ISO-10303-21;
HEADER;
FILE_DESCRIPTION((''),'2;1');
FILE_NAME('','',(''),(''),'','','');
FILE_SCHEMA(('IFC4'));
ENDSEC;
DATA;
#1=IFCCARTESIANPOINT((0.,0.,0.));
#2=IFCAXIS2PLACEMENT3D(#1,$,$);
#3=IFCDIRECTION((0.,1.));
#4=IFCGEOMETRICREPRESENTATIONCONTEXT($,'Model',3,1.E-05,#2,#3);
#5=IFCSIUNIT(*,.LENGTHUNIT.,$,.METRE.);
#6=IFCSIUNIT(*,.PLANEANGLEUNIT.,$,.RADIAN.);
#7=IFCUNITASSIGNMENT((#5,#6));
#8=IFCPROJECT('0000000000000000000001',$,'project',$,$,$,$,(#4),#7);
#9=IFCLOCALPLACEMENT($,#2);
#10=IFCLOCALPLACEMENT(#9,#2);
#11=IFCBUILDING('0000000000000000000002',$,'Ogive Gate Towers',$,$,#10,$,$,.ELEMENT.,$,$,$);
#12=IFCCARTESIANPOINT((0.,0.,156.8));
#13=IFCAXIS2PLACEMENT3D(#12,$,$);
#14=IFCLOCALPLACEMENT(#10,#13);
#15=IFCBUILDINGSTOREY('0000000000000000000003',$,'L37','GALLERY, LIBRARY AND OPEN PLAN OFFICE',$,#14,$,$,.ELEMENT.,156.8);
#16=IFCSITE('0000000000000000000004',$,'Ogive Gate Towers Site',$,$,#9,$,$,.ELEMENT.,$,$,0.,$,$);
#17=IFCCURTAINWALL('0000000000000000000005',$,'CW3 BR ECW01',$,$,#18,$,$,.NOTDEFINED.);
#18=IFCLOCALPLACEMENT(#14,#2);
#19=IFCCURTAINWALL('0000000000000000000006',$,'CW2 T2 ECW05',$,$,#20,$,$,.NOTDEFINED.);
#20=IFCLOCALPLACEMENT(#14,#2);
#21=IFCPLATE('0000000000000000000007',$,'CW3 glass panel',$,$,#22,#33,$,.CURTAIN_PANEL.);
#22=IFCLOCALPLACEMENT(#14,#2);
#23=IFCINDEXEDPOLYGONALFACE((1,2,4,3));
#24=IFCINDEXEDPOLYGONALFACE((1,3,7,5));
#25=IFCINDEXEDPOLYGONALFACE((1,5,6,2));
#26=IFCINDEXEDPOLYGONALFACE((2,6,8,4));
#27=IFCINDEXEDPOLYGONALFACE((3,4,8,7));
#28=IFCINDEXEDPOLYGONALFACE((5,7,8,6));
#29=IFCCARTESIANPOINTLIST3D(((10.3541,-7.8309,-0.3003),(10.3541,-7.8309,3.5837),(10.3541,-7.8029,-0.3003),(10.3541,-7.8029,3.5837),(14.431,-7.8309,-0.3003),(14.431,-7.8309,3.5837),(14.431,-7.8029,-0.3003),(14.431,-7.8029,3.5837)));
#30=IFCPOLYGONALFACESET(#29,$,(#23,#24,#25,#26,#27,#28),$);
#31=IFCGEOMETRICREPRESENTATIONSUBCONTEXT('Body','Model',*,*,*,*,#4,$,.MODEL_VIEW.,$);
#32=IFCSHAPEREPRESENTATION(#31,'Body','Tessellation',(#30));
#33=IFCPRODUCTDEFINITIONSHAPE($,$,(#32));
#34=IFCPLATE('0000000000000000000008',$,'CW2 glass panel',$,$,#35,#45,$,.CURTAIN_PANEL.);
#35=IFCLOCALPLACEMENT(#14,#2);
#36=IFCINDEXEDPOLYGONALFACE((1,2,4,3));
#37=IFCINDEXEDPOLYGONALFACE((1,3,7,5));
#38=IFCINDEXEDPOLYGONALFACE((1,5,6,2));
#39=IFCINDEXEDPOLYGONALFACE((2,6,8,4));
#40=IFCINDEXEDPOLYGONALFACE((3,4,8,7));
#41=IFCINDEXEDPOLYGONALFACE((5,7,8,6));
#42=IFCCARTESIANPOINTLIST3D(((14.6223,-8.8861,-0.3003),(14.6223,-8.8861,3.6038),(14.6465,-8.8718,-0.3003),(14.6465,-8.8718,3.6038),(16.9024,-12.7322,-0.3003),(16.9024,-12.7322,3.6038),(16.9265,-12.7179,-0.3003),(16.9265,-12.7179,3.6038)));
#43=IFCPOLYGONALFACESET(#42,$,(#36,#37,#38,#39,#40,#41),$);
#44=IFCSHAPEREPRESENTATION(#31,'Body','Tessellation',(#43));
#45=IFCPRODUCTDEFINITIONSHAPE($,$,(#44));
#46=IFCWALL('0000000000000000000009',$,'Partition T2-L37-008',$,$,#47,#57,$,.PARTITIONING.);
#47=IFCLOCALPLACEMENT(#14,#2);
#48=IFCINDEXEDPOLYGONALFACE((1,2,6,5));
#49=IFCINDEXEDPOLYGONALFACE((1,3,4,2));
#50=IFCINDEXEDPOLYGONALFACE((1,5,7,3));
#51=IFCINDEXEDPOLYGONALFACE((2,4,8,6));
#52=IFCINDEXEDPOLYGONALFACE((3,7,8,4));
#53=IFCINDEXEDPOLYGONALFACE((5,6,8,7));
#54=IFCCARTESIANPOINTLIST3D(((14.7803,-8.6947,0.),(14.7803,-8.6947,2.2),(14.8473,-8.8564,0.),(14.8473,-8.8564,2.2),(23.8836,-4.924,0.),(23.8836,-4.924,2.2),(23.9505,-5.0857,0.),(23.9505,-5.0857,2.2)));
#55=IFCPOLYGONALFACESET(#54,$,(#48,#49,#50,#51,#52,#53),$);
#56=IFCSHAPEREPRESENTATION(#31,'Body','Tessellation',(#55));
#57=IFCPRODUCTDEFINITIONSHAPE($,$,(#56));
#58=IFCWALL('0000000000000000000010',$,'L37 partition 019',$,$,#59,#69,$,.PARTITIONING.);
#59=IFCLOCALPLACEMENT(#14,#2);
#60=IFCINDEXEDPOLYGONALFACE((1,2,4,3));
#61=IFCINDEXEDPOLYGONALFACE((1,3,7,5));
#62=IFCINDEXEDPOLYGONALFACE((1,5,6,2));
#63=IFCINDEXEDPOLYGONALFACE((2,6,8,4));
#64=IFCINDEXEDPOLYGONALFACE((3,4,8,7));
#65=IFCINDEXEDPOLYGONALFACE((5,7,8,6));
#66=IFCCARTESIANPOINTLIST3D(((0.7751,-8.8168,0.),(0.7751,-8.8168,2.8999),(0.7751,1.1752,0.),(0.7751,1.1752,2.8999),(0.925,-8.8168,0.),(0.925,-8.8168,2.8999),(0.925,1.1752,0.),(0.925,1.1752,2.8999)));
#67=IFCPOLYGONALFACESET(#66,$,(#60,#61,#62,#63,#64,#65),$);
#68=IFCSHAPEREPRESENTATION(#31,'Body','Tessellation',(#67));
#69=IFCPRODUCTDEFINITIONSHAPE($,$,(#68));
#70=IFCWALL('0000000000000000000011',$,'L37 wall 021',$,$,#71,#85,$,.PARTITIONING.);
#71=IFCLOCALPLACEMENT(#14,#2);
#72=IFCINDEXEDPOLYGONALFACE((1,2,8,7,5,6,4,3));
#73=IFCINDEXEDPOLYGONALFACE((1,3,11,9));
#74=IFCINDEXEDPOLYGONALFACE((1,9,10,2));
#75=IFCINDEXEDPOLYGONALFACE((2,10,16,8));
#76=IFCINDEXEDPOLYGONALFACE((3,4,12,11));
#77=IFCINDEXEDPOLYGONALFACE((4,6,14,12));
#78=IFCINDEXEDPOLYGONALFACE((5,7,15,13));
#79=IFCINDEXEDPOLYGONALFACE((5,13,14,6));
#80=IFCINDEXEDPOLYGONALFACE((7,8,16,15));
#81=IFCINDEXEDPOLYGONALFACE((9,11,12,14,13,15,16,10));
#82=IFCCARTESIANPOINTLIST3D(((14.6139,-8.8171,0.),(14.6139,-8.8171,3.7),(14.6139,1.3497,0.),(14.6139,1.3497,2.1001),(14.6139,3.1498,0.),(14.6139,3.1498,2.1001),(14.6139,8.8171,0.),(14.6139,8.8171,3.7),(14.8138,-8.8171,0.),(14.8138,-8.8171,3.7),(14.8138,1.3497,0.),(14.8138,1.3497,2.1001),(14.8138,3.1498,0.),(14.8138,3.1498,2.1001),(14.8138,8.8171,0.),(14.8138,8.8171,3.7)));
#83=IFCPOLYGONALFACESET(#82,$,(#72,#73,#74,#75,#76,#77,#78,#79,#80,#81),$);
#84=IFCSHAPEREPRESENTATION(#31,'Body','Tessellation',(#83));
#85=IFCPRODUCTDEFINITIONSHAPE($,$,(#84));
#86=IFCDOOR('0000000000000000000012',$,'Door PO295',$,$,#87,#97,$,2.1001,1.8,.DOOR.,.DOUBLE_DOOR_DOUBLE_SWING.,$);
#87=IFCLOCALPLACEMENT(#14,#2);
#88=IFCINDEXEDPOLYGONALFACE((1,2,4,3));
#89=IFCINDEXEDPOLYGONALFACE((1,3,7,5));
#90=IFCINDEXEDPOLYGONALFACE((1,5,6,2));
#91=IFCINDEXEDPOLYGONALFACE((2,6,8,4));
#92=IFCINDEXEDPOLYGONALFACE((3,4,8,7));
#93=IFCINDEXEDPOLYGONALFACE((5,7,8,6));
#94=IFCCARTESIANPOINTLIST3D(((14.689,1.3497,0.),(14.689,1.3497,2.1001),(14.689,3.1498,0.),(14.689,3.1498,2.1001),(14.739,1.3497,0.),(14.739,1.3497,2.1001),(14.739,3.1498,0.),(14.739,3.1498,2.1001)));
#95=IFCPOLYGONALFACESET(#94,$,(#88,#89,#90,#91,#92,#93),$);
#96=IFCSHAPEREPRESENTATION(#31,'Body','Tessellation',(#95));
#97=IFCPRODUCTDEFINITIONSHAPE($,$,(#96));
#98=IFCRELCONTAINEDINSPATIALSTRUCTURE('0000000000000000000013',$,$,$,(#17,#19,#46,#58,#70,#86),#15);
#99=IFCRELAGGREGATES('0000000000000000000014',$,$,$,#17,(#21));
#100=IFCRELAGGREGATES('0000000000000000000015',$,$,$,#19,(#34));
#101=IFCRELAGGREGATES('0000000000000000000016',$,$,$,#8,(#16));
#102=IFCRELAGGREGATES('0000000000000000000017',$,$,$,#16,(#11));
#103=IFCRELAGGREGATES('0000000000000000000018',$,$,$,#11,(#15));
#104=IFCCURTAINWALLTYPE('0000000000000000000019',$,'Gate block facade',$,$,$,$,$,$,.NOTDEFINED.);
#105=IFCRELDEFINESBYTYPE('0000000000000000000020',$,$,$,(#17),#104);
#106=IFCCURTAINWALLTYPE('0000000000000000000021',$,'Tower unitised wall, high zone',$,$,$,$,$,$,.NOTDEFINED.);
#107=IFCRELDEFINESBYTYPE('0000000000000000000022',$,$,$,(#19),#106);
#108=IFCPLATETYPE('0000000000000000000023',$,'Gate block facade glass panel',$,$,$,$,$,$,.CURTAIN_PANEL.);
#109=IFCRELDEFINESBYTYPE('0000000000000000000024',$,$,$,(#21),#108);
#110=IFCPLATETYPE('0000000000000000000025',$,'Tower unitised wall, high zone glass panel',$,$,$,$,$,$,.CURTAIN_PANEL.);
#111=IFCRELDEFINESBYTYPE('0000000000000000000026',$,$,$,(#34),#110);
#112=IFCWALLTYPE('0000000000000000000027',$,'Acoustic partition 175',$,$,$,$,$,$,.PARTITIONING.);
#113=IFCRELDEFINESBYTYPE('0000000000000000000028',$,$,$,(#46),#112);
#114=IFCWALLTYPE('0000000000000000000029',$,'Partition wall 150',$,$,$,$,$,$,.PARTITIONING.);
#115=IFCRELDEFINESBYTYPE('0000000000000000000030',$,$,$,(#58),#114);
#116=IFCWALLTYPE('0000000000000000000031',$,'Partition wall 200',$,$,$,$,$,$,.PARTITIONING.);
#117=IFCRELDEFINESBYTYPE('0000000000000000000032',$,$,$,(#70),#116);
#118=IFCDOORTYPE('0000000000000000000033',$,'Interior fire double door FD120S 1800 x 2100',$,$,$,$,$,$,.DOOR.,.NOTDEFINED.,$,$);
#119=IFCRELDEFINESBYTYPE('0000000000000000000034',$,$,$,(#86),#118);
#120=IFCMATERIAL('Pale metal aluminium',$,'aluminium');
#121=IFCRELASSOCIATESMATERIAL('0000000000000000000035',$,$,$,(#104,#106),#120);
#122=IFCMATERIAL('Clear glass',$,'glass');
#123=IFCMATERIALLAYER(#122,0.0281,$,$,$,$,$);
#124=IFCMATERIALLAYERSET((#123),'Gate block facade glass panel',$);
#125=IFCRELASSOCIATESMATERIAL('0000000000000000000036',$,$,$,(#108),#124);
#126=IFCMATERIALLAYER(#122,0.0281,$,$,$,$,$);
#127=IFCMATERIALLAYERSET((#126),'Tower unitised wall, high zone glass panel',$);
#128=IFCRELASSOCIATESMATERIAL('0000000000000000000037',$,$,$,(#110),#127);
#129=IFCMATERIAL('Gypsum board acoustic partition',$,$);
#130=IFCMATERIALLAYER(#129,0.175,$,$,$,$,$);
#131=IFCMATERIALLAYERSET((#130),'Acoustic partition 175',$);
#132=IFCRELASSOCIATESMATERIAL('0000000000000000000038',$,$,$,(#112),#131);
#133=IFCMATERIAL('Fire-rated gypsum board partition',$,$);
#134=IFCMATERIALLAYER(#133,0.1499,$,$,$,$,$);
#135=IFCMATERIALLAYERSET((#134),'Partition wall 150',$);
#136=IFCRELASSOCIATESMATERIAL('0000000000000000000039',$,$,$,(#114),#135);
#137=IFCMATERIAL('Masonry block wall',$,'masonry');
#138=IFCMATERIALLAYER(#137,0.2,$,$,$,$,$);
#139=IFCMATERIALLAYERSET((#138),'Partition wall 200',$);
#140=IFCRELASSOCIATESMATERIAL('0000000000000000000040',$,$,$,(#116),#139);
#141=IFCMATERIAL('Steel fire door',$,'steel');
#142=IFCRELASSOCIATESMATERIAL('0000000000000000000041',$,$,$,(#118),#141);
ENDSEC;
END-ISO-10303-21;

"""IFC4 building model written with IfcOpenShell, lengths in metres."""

from ifc_helpers import new_model, si_unit, direction, frame, frame_2d, origin, origin_2d, place, context, subcontext, project, spatial, rectangle, extrude, material, layer, layer_set, type_object, element, fill, aggregate, save


model = new_model("IFC4")

# Units and contexts
model_context = context("Model", 3, precision=1e-05, world=origin(), true_north=direction((0.0, 1.0)))
body_context = subcontext(model_context, "Body", "Model", "MODEL_VIEW")
ifc_project = project(units=[si_unit("LENGTHUNIT", "METRE"), si_unit("PLANEANGLEUNIT", "RADIAN")], contexts=[model_context])

# Site, building, storey
site_placement = place(None, origin())
site = spatial("IfcSite", under=ifc_project, at=site_placement, Name="Ogive Gate Towers Site", CompositionType="ELEMENT", RefElevation=0.0)
building_placement = place(site_placement, origin())
building = spatial("IfcBuilding", under=site, at=building_placement, Name="Ogive Gate Towers", CompositionType="ELEMENT")
storey_placement = place(building_placement, frame((0.0, 0.0, 156.8)))
storey = spatial("IfcBuildingStorey", under=building, at=storey_placement, Name="L37", Description="GALLERY, LIBRARY AND OPEN PLAN OFFICE", CompositionType="ELEMENT", Elevation=156.8)

# Curtain walls
ifc_material_1 = material(Name="Pale metal aluminium", Category="aluminium")
curtain_wall_type_1 = type_object("IfcCurtainWallType", Name="Gate block facade", PredefinedType="NOTDEFINED", material=ifc_material_1)
curtain_wall_1_placement = place(storey_placement, origin())
curtain_wall_1 = element("IfcCurtainWall", 1, at=curtain_wall_1_placement, inside=storey, type_object=curtain_wall_type_1, Name="CW3 BR ECW01", PredefinedType="NOTDEFINED")
curtain_wall_type_2 = type_object("IfcCurtainWallType", Name="Tower unitised wall, high zone", PredefinedType="NOTDEFINED", material=ifc_material_1)
curtain_wall_2_placement = place(storey_placement, origin())
curtain_wall_2 = element("IfcCurtainWall", 2, at=curtain_wall_2_placement, inside=storey, type_object=curtain_wall_type_2, Name="CW2 T2 ECW05", PredefinedType="NOTDEFINED")

# Plates
ifc_material_2 = material(Name="Clear glass", Category="glass")
ifc_layer_1 = layer(ifc_material_2, 0.0281)
ifc_layer_set_1 = layer_set([ifc_layer_1], Name="Gate block facade glass panel")
plate_type_1 = type_object("IfcPlateType", Name="Gate block facade glass panel", PredefinedType="CURTAIN_PANEL", material=ifc_layer_set_1)
plate_1_placement = place(storey_placement, frame((12.3926, -7.8169, -0.3003), z_axis=(0.0, 0.0, 1.0), x_axis=(1.0, 0.0, 0.0)))
plate_1 = element("IfcPlate", 3, at=plate_1_placement, type_object=plate_type_1, Name="CW3 glass panel", PredefinedType="CURTAIN_PANEL", context=body_context, shape_type="SweptSolid", body=[
    extrude(rectangle(XDim=4.0769, YDim=0.0281, at=origin_2d()), origin(), (0.0, 0.0, 1.0), 3.884),
])
aggregate(curtain_wall_1, [plate_1])
ifc_layer_2 = layer(ifc_material_2, 0.0281)
ifc_layer_set_2 = layer_set([ifc_layer_2], Name="Tower unitised wall, high zone glass panel")
plate_type_2 = type_object("IfcPlateType", Name="Tower unitised wall, high zone glass panel", PredefinedType="CURTAIN_PANEL", material=ifc_layer_set_2)
plate_2_placement = place(storey_placement, frame((15.7744, -10.802, -0.3003), z_axis=(0.0, 0.0, 1.0), x_axis=(0.509943, -0.860208, 0.0)))
plate_2 = element("IfcPlate", 4, at=plate_2_placement, type_object=plate_type_2, Name="CW2 glass panel", PredefinedType="CURTAIN_PANEL", context=body_context, shape_type="SweptSolid", body=[
    extrude(rectangle(XDim=4.4712, YDim=0.0281, at=origin_2d()), origin(), (0.0, 0.0, 1.0), 3.9041),
])
aggregate(curtain_wall_2, [plate_2])

# Walls
ifc_material_3 = material(Name="Gypsum board acoustic partition")
ifc_layer_3 = layer(ifc_material_3, 0.175)
ifc_layer_set_3 = layer_set([ifc_layer_3], Name="Acoustic partition 175")
wall_type_1 = type_object("IfcWallType", Name="Acoustic partition 175", PredefinedType="PARTITIONING", material=ifc_layer_set_3)
wall_1_placement = place(storey_placement, frame((14.8137, -8.7756, 0.0), z_axis=(0.0, 0.0, 1.0), x_axis=(0.923878, 0.382688, 0.0)))
element("IfcWall", 5, at=wall_1_placement, inside=storey, type_object=wall_type_1, Name="Partition T2-L37-008", PredefinedType="PARTITIONING", context=body_context, shape_type="SweptSolid", body=[
    extrude(rectangle(XDim=9.8533, YDim=0.175, at=frame_2d((4.9268, 0.0))), origin(), (0.0, 0.0, 1.0), 2.2),
])
ifc_material_4 = material(Name="Fire-rated gypsum board partition")
ifc_layer_4 = layer(ifc_material_4, 0.1499)
ifc_layer_set_4 = layer_set([ifc_layer_4], Name="Partition wall 150")
wall_type_2 = type_object("IfcWallType", Name="Partition wall 150", PredefinedType="PARTITIONING", material=ifc_layer_set_4)
wall_2_placement = place(storey_placement, frame((0.8501, -8.8169, 0.0), z_axis=(0.0, 0.0, 1.0), x_axis=(0.0, 1.0, 0.0)))
element("IfcWall", 6, at=wall_2_placement, inside=storey, type_object=wall_type_2, Name="L37 partition 019", PredefinedType="PARTITIONING", context=body_context, shape_type="SweptSolid", body=[
    extrude(rectangle(XDim=9.9919, YDim=0.1499, at=frame_2d((4.9961, 0.0))), origin(), (0.0, 0.0, 1.0), 2.8999),
])

# Wall, opening, door
ifc_material_5 = material(Name="Masonry block wall", Category="masonry")
ifc_layer_5 = layer(ifc_material_5, 0.2)
ifc_layer_set_5 = layer_set([ifc_layer_5], Name="Partition wall 200")
wall_type_3 = type_object("IfcWallType", Name="Partition wall 200", PredefinedType="PARTITIONING", material=ifc_layer_set_5)
wall_3_placement = place(storey_placement, frame((14.7139, -8.8171, 0.0), z_axis=(0.0, 0.0, 1.0), x_axis=(0.0, 1.0, 0.0)))
wall_3 = element("IfcWall", 7, at=wall_3_placement, inside=storey, type_object=wall_type_3, Name="L37 wall 021", PredefinedType="PARTITIONING", context=body_context, shape_type="SweptSolid", body=[
    extrude(rectangle(XDim=17.6343, YDim=0.2, at=frame_2d((8.8171, 0.0))), origin(), (0.0, 0.0, 1.0), 3.7),
])
opening_placement = place(wall_3_placement, frame((10.167, 0.0, 0.0)))
opening = element("IfcOpeningElement", 8, at=opening_placement, cuts=wall_3, PredefinedType="OPENING", context=body_context, shape_type="SweptSolid", body=[
    extrude(rectangle(XDim=1.8, YDim=2.1001, at=frame_2d((0.8999, 1.05))), frame((0.0, 0.1099, 0.0), z_axis=(0.0, -1.0, 0.0), x_axis=(1.0, 0.0, 0.0)), (0.0, 0.0, 1.0), 0.22),
])
ifc_material_6 = material(Name="Steel fire door", Category="steel")
door_type = type_object("IfcDoorType", Name="Interior fire double door FD120S 1800 x 2100", OperationType="NOTDEFINED", PredefinedType="DOOR", material=ifc_material_6)
door_placement = place(opening_placement, origin())
door = element("IfcDoor", 9, at=door_placement, inside=storey, type_object=door_type, Name="Door PO295", OperationType="DOUBLE_DOOR_DOUBLE_SWING", OverallHeight=2.1001, OverallWidth=1.8, PredefinedType="DOOR", context=body_context, shape_type="SweptSolid", body=[
    extrude(rectangle(XDim=1.8, YDim=2.1001, at=frame_2d((0.8999, 1.05))), frame((0.0, 0.0249, 0.0), z_axis=(0.0, -1.0, 0.0), x_axis=(1.0, 0.0, 0.0)), (0.0, 0.0, 1.0), 0.05),
])
fill(opening, door)

save(model, "model.ifc")
